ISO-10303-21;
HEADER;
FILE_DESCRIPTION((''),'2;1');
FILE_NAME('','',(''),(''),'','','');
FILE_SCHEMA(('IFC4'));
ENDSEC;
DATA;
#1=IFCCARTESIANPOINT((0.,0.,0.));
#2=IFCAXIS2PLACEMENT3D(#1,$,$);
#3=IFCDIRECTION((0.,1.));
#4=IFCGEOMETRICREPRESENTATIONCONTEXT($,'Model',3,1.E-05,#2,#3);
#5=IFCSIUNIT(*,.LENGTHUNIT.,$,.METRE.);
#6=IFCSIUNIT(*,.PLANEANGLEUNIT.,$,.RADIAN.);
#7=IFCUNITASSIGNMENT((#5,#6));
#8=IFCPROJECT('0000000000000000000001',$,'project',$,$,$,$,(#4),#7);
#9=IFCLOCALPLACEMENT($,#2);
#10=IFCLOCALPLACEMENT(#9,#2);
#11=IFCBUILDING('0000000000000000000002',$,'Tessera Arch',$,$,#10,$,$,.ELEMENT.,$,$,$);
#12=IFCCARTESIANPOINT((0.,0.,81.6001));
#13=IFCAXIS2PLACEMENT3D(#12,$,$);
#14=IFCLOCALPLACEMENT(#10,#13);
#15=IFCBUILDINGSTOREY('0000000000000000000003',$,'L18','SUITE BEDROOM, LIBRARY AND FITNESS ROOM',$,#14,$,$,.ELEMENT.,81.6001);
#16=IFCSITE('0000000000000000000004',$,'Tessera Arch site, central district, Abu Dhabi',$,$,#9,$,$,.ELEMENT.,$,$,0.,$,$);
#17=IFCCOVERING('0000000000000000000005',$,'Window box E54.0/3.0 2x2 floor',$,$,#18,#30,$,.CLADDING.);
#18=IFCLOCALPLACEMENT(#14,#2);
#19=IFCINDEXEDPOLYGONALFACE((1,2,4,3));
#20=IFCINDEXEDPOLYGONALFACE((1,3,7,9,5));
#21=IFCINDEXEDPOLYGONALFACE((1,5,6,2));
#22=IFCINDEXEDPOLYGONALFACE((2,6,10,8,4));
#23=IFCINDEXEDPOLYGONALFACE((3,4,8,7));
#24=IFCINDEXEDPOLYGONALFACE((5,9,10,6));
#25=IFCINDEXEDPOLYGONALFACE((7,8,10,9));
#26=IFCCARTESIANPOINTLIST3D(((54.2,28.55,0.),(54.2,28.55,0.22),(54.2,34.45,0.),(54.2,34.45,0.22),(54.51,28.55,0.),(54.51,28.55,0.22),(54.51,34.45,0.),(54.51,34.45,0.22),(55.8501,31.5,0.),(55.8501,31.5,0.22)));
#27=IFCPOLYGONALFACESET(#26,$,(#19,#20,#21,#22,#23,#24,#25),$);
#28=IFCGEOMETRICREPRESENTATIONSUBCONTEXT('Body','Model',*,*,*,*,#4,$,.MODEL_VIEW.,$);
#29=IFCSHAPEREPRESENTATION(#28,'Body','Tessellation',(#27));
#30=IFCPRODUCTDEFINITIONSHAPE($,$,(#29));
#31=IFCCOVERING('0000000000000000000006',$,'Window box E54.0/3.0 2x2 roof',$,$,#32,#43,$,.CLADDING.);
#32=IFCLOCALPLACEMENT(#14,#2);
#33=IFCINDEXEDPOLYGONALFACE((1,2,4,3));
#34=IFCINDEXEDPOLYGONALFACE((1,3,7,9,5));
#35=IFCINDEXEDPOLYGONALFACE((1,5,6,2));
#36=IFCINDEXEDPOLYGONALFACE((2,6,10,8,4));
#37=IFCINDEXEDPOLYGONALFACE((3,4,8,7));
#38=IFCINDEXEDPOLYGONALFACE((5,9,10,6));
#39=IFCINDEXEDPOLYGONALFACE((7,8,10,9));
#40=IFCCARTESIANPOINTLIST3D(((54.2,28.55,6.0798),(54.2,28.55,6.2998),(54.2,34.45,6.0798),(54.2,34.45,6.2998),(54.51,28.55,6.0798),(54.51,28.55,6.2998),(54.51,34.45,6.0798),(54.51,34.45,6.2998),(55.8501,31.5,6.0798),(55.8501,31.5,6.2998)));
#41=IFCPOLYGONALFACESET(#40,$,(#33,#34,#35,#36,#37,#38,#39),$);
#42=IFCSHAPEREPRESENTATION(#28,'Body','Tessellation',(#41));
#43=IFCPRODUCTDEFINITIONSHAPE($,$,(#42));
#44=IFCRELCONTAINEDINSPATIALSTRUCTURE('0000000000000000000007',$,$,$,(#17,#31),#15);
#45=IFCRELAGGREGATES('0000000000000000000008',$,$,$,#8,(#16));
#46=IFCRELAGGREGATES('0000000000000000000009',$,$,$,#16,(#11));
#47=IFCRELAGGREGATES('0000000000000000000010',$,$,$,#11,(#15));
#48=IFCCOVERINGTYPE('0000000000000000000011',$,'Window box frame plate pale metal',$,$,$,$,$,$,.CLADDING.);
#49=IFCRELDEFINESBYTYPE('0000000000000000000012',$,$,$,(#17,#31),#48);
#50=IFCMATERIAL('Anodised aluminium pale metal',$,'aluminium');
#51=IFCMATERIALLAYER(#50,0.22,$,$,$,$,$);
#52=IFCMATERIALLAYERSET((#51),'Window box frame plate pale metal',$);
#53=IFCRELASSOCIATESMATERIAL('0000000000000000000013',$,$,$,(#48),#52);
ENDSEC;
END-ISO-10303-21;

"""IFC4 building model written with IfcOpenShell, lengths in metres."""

from ifc_helpers import new_model, si_unit, direction, frame, origin, place, context, subcontext, project, spatial, polyline, outline, extrude, material, layer, layer_set, type_object, element, save


model = new_model("IFC4")

# Units and contexts
model_context = context("Model", 3, precision=1e-05, world=origin(), true_north=direction((0.0, 1.0)))
body_context = subcontext(model_context, "Body", "Model", "MODEL_VIEW")
ifc_project = project(units=[si_unit("LENGTHUNIT", "METRE"), si_unit("PLANEANGLEUNIT", "RADIAN")], contexts=[model_context])

# Site, building, storey
site_placement = place(None, origin())
site = spatial("IfcSite", under=ifc_project, at=site_placement, Name="Tessera Arch site, central district, Abu Dhabi", CompositionType="ELEMENT", RefElevation=0.0)
building_placement = place(site_placement, origin())
building = spatial("IfcBuilding", under=site, at=building_placement, Name="Tessera Arch", CompositionType="ELEMENT")
storey_placement = place(building_placement, frame((0.0, 0.0, 81.6001)))
storey = spatial("IfcBuildingStorey", under=building, at=storey_placement, Name="L18", Description="SUITE BEDROOM, LIBRARY AND FITNESS ROOM", CompositionType="ELEMENT", Elevation=81.6001)

# Coverings
ifc_material_1 = material(Name="Anodised aluminium pale metal", Category="aluminium")
ifc_layer_1 = layer(ifc_material_1, 0.22)
ifc_layer_set_1 = layer_set([ifc_layer_1], Name="Window box frame plate pale metal")
covering_type_1 = type_object("IfcCoveringType", Name="Window box frame plate pale metal", PredefinedType="CLADDING", material=ifc_layer_set_1)
for number, where, name in (
    (1, (0.0, 0.0, 0.0), "Window box E54.0/3.0 2x2 floor"),
    (2, (0.0, 0.0, 6.0798), "Window box E54.0/3.0 2x2 roof"),
):
    element("IfcCovering", number, at=place(storey_placement, frame(where)), inside=storey, type_object=covering_type_1, Name=name, PredefinedType="CLADDING", context=body_context, shape_type="SweptSolid", body=[
        extrude(outline(polyline([(54.51, 28.55), (55.8501, 31.5), (54.51, 34.45), (54.2, 34.45), (54.2, 28.55), (54.51, 28.55)])), origin(), (0.0, 0.0, 1.0), 0.22),
    ])

save(model, "model.ifc")
